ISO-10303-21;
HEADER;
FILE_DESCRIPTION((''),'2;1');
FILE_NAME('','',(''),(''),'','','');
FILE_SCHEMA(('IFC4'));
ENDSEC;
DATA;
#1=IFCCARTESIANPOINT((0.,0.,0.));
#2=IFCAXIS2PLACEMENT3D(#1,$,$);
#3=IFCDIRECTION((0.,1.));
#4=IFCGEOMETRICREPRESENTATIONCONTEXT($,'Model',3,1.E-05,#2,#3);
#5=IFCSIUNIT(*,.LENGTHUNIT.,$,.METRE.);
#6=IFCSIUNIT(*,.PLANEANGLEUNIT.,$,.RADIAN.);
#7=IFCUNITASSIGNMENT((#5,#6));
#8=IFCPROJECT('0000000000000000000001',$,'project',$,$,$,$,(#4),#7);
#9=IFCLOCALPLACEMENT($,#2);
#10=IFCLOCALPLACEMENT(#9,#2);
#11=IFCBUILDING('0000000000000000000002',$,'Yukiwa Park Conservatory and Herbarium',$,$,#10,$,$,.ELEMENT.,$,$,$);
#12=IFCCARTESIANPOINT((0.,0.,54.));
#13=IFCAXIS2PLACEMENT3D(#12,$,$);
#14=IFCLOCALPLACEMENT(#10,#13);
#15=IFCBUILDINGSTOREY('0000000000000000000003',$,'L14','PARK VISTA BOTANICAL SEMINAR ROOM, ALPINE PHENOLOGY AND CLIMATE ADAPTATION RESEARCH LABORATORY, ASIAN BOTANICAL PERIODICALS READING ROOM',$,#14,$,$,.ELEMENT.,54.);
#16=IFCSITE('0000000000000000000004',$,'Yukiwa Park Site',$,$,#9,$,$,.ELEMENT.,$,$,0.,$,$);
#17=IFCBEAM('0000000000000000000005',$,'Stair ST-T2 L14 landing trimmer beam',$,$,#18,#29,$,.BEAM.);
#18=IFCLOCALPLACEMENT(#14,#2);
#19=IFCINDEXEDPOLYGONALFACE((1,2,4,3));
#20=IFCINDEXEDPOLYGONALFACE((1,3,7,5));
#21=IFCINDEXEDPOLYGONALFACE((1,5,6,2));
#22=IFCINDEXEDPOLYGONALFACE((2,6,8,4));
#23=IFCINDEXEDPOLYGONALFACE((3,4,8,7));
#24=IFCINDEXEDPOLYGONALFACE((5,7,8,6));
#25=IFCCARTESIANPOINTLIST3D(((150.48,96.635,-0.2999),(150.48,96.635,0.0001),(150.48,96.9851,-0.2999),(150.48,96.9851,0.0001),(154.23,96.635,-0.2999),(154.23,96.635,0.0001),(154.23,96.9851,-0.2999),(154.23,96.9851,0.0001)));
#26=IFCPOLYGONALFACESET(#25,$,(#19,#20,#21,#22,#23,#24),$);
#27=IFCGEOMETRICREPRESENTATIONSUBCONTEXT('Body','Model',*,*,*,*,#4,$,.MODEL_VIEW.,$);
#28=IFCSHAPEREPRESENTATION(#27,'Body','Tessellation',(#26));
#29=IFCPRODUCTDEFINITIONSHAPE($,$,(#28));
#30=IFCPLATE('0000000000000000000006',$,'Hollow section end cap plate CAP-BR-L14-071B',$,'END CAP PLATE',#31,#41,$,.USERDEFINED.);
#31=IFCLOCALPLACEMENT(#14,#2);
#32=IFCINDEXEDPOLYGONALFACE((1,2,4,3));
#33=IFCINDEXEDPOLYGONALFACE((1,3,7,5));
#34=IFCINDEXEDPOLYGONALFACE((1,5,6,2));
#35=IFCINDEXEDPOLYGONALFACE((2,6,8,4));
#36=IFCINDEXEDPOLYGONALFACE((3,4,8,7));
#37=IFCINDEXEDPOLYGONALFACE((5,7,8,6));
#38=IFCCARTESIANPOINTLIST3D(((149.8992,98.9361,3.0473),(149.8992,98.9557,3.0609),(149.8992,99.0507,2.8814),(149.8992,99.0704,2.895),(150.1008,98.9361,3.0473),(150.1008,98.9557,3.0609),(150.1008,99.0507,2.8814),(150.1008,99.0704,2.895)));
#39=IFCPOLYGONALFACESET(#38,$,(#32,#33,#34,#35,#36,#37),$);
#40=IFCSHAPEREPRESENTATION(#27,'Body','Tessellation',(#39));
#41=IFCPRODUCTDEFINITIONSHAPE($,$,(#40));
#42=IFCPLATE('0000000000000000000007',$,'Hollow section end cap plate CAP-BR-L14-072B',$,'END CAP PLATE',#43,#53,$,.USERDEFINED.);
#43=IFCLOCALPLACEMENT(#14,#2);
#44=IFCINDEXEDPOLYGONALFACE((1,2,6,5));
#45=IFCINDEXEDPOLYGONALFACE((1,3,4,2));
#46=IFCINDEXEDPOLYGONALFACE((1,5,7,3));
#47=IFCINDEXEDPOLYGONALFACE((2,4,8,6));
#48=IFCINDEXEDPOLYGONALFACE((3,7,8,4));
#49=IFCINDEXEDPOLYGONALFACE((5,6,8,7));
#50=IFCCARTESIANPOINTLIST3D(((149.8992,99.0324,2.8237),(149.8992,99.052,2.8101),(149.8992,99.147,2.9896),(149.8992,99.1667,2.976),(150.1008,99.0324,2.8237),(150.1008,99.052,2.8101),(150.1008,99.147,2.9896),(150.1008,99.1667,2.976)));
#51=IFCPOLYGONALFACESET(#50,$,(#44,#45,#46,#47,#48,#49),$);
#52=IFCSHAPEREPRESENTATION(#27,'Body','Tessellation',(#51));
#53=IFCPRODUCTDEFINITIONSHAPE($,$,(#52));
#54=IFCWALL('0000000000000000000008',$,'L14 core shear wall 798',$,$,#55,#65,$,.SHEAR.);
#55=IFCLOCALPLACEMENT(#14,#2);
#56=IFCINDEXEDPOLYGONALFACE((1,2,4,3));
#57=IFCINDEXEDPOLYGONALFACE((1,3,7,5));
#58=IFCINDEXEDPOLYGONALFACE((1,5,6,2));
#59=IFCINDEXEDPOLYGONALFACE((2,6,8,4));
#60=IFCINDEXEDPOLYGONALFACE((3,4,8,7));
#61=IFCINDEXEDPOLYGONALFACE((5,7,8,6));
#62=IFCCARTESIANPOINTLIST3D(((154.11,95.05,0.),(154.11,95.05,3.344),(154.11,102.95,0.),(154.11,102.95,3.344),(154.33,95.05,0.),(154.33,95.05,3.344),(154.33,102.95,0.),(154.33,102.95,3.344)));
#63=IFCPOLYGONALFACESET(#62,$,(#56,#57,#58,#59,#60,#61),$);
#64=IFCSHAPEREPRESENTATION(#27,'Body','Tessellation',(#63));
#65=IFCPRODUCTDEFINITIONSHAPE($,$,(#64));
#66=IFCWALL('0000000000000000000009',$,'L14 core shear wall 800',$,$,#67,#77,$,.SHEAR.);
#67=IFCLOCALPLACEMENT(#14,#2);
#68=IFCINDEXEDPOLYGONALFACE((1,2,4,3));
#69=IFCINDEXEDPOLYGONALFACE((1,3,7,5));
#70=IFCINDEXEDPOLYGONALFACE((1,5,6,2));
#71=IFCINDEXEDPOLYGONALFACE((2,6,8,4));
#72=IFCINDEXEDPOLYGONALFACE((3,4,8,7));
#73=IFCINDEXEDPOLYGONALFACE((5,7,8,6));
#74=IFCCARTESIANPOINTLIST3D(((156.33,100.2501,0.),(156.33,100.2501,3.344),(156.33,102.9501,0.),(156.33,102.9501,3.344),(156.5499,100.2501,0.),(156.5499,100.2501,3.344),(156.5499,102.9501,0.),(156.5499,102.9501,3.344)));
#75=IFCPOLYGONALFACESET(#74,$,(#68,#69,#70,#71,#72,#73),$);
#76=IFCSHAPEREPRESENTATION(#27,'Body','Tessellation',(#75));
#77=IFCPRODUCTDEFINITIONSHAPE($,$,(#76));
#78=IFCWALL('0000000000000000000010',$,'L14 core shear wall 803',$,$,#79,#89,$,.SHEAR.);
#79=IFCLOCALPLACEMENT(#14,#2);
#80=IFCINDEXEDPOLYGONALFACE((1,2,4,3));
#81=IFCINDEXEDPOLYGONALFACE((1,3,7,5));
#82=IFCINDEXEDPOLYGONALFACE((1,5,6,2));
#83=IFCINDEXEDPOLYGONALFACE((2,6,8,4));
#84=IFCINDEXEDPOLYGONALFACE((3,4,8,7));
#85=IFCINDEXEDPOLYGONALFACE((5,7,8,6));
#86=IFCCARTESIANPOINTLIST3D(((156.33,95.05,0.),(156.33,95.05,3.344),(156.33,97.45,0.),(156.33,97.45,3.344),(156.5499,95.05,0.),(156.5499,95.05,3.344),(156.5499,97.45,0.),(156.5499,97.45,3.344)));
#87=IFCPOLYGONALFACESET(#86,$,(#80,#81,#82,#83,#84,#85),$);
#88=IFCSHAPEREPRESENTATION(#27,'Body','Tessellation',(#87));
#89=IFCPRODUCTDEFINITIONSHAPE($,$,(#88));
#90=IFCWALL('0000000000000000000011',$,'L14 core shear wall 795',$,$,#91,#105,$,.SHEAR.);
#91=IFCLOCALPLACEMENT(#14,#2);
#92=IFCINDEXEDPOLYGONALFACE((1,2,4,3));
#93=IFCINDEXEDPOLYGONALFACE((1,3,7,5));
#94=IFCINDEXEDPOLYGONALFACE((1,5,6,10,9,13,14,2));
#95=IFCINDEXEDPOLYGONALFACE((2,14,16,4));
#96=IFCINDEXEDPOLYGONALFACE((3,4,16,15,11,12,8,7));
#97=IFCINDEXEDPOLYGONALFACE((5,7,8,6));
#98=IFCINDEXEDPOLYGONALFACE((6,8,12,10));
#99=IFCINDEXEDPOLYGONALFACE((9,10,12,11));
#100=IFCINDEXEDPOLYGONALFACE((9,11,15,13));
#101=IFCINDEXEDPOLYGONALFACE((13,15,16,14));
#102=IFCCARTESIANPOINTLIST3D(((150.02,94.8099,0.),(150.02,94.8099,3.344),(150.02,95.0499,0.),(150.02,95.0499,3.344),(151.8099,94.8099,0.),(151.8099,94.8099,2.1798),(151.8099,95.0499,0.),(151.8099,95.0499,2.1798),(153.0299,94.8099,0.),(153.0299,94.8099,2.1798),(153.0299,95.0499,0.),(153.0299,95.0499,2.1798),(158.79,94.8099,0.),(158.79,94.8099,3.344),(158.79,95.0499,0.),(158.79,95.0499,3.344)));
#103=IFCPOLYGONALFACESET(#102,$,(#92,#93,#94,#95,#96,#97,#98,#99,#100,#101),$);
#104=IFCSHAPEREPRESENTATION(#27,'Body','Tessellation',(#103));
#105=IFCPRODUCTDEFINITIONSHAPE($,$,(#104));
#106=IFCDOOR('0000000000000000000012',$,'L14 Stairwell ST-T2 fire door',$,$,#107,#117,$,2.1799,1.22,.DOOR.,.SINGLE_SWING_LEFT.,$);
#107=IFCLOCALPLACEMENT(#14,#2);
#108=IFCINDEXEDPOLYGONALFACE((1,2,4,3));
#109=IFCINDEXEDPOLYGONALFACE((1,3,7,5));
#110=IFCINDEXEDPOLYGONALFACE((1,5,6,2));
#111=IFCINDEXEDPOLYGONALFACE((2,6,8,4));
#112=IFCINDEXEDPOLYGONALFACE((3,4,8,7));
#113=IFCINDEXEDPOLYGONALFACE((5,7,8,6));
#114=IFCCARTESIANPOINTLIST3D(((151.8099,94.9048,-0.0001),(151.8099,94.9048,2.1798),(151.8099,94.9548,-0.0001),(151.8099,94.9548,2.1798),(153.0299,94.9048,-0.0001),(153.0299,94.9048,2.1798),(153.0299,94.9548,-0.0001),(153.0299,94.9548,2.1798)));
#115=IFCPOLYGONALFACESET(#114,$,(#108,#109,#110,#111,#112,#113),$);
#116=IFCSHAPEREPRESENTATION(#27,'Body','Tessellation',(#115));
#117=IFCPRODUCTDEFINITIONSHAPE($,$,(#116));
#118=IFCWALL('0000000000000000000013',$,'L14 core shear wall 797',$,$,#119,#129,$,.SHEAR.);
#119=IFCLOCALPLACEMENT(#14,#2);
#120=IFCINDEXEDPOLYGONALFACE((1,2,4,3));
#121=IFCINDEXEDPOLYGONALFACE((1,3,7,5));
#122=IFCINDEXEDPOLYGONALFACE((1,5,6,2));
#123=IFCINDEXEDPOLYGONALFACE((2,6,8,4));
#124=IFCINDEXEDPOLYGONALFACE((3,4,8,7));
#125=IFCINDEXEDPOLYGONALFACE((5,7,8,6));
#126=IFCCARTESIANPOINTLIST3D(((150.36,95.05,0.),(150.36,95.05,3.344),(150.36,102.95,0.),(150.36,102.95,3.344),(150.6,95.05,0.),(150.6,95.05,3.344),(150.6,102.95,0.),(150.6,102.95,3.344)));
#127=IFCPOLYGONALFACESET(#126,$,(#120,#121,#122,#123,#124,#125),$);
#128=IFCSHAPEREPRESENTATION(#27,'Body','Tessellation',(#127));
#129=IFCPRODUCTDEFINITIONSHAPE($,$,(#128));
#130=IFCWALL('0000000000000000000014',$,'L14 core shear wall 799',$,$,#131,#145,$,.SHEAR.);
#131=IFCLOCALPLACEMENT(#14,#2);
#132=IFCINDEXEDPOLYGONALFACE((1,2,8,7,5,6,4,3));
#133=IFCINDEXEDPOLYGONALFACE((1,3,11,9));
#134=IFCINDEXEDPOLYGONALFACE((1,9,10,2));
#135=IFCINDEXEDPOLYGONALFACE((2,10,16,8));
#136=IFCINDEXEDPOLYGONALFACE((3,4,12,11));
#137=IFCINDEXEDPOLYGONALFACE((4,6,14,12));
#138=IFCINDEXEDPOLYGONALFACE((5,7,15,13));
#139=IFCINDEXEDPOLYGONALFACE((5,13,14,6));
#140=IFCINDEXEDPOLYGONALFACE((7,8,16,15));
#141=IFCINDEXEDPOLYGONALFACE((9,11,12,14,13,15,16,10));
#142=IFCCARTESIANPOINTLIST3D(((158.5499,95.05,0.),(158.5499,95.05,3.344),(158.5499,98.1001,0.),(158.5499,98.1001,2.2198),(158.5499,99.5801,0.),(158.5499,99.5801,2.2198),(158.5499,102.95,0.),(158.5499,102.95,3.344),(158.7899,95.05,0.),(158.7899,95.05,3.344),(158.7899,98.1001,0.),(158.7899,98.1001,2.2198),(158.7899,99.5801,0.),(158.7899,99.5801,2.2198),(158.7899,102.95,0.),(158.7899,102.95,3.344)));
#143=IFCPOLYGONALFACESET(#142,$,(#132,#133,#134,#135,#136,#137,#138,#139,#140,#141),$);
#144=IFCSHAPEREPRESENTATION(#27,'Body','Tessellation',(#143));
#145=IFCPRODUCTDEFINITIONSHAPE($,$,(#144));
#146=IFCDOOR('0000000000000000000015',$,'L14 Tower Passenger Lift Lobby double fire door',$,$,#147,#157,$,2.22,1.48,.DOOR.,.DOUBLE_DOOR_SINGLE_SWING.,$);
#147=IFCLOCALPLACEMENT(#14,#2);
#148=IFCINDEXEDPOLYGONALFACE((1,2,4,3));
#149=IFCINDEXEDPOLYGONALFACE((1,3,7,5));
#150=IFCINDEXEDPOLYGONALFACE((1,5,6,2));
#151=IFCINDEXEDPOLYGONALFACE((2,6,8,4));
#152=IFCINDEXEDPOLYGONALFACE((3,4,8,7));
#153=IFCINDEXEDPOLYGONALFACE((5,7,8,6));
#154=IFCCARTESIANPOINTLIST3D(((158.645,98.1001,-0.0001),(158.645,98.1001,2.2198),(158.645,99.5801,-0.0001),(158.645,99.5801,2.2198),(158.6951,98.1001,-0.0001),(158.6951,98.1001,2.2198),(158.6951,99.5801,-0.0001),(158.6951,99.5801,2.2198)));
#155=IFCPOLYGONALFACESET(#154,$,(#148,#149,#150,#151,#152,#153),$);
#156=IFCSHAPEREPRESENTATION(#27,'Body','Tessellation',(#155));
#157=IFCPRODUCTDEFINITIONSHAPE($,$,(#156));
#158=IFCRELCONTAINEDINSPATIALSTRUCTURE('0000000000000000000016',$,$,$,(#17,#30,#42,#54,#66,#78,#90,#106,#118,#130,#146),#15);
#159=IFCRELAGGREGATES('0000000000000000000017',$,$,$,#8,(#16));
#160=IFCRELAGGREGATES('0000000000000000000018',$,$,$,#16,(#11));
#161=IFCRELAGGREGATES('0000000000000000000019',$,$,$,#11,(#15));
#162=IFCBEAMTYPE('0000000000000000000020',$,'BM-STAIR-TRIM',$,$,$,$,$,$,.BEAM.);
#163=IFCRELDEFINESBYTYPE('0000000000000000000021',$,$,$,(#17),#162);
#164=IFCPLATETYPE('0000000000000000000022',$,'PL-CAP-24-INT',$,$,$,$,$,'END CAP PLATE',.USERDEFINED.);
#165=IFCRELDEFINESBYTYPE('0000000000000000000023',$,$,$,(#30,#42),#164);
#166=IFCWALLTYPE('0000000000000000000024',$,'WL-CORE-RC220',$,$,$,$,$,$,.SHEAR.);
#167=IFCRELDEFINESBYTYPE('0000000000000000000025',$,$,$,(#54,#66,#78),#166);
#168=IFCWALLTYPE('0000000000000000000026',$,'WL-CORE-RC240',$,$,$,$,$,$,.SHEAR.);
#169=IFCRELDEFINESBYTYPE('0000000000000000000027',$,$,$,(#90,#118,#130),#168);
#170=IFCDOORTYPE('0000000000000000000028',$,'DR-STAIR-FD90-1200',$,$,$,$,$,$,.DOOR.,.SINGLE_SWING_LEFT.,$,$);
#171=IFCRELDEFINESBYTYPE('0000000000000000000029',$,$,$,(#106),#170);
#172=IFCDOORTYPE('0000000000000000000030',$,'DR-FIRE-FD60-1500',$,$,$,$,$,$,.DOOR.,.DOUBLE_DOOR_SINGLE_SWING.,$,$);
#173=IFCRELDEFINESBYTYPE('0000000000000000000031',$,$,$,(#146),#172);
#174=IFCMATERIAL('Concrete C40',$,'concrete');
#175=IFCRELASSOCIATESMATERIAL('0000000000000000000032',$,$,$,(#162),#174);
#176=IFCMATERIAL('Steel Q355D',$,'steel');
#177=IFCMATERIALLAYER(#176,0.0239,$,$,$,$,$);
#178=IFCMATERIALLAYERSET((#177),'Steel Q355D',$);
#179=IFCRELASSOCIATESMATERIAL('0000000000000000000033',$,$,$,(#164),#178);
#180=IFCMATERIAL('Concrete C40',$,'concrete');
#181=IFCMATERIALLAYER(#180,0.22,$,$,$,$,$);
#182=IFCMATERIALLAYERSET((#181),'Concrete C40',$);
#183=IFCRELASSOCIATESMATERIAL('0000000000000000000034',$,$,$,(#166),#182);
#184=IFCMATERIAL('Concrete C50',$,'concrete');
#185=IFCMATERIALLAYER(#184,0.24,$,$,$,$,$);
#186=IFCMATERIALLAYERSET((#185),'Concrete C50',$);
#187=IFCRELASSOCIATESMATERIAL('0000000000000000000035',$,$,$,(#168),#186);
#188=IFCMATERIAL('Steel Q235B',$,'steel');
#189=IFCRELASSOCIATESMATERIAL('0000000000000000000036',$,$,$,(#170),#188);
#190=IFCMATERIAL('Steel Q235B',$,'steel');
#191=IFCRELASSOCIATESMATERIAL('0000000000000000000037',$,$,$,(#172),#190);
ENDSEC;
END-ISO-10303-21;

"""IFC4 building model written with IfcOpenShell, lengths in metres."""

from ifc_helpers import new_model, si_unit, direction, frame, frame_2d, origin, origin_2d, place, context, subcontext, project, spatial, rectangle, extrude, material, layer, layer_set, material_profile, profile_set, type_object, element, fill, save


model = new_model("IFC4")

# Units and contexts
model_context = context("Model", 3, precision=1e-05, world=origin(), true_north=direction((0.0, 1.0)))
body_context = subcontext(model_context, "Body", "Model", "MODEL_VIEW")
ifc_project = project(units=[si_unit("LENGTHUNIT", "METRE"), si_unit("PLANEANGLEUNIT", "RADIAN")], contexts=[model_context])

# Site, building, storey
site_placement = place(None, origin())
site = spatial("IfcSite", under=ifc_project, at=site_placement, Name="Yukiwa Park Site", CompositionType="ELEMENT", RefElevation=0.0)
building_placement = place(site_placement, origin())
building = spatial("IfcBuilding", under=site, at=building_placement, Name="Yukiwa Park Conservatory and Herbarium", CompositionType="ELEMENT")
storey_placement = place(building_placement, frame((0.0, 0.0, 54.0)))
storey = spatial("IfcBuildingStorey", under=building, at=storey_placement, Name="L14", Description="PARK VISTA BOTANICAL SEMINAR ROOM, ALPINE PHENOLOGY AND CLIMATE ADAPTATION RESEARCH LABORATORY, ASIAN BOTANICAL PERIODICALS READING ROOM", CompositionType="ELEMENT", Elevation=54.0)

# Beam
ifc_material_1 = material(Name="Concrete C40", Category="concrete")
ifc_material_profile = material_profile(ifc_material_1, rectangle(XDim=0.3501, YDim=0.3, at=origin_2d()), Name="RC 350x300")
ifc_profile_set = profile_set([ifc_material_profile], Name="Concrete C40")
beam_type = type_object("IfcBeamType", Name="BM-STAIR-TRIM", PredefinedType="BEAM", material=ifc_profile_set)
beam_placement = place(storey_placement, frame((150.48, 96.8101, -0.1499), z_axis=(1.0, 0.0, 0.0), x_axis=(0.0, 1.0, 0.0)))
element("IfcBeam", 1, at=beam_placement, inside=storey, type_object=beam_type, Name="Stair ST-T2 L14 landing trimmer beam", PredefinedType="BEAM", context=body_context, shape_type="SweptSolid", body=[
    extrude(rectangle(XDim=0.3501, YDim=0.3, at=origin_2d()), origin(), (0.0, 0.0, 1.0), 3.75),
])

# Plates
ifc_material_2 = material(Name="Steel Q355D", Category="steel")
ifc_layer_1 = layer(ifc_material_2, 0.0239)
ifc_layer_set_1 = layer_set([ifc_layer_1], Name="Steel Q355D")
plate_type = type_object("IfcPlateType", Name="PL-CAP-24-INT", ElementType="END CAP PLATE", PredefinedType="USERDEFINED", material=ifc_layer_set_1)
for number, where, z_axis, x_axis, name in (
    (2, (150.0, 98.9934, 2.9644), (0.0, 0.822558, 0.568682), (-1.0, 0.0, 0.0), "Hollow section end cap plate CAP-BR-L14-071B"),
    (3, (150.0, 99.1094, 2.8931), (0.0, -0.822558, 0.568682), (1.0, 0.0, 0.0), "Hollow section end cap plate CAP-BR-L14-072B"),
):
    element("IfcPlate", number, at=place(storey_placement, frame(where, z_axis=z_axis, x_axis=x_axis)), inside=storey, type_object=plate_type, Name=name, ObjectType="END CAP PLATE", PredefinedType="USERDEFINED", context=body_context, shape_type="SweptSolid", body=[
        extrude(rectangle(XDim=0.2017, YDim=0.2017, at=origin_2d()), origin(), (0.0, 0.0, 1.0), 0.0239),
    ])

# Walls
ifc_material_3 = material(Name="Concrete C40", Category="concrete")
ifc_layer_2 = layer(ifc_material_3, 0.22)
ifc_layer_set_2 = layer_set([ifc_layer_2], Name="Concrete C40")
wall_type_1 = type_object("IfcWallType", Name="WL-CORE-RC220", PredefinedType="SHEAR", material=ifc_layer_set_2)
wall_1_placement = place(storey_placement, frame((154.22, 95.05, 0.0), z_axis=(0.0, 0.0, 1.0), x_axis=(0.0, 1.0, 0.0)))
element("IfcWall", 4, at=wall_1_placement, inside=storey, type_object=wall_type_1, Name="L14 core shear wall 798", PredefinedType="SHEAR", context=body_context, shape_type="SweptSolid", body=[
    extrude(rectangle(XDim=7.8999, YDim=0.22, at=frame_2d((3.95, 0.0))), origin(), (0.0, 0.0, 1.0), 3.344),
])
wall_2_placement = place(storey_placement, frame((156.4399, 100.25, 0.0), z_axis=(0.0, 0.0, 1.0), x_axis=(0.0, 1.0, 0.0)))
element("IfcWall", 5, at=wall_2_placement, inside=storey, type_object=wall_type_1, Name="L14 core shear wall 800", PredefinedType="SHEAR", context=body_context, shape_type="SweptSolid", body=[
    extrude(rectangle(XDim=2.7, YDim=0.22, at=frame_2d((1.3501, 0.0))), origin(), (0.0, 0.0, 1.0), 3.344),
])

# Wall
wall_3_placement = place(storey_placement, frame((156.4399, 95.05, 0.0), z_axis=(0.0, 0.0, 1.0), x_axis=(0.0, 1.0, 0.0)))
element("IfcWall", 6, at=wall_3_placement, inside=storey, type_object=wall_type_1, Name="L14 core shear wall 803", PredefinedType="SHEAR", context=body_context, shape_type="SweptSolid", body=[
    extrude(rectangle(XDim=2.3999, YDim=0.22, at=frame_2d((1.2, 0.0))), origin(), (0.0, 0.0, 1.0), 3.344),
])

# Wall, opening, door
ifc_material_4 = material(Name="Concrete C50", Category="concrete")
ifc_layer_3 = layer(ifc_material_4, 0.24)
ifc_layer_set_3 = layer_set([ifc_layer_3], Name="Concrete C50")
wall_type_2 = type_object("IfcWallType", Name="WL-CORE-RC240", PredefinedType="SHEAR", material=ifc_layer_set_3)
wall_4_placement = place(storey_placement, frame((150.02, 94.9299, 0.0), z_axis=(0.0, 0.0, 1.0), x_axis=(1.0, 0.0, 0.0)))
wall_4 = element("IfcWall", 7, at=wall_4_placement, inside=storey, type_object=wall_type_2, Name="L14 core shear wall 795", PredefinedType="SHEAR", context=body_context, shape_type="SweptSolid", body=[
    extrude(rectangle(XDim=8.77, YDim=0.24, at=frame_2d((4.385, 0.0))), origin(), (0.0, 0.0, 1.0), 3.344),
])
opening_1_placement = place(wall_4_placement, frame((1.79, 0.0, 0.0)))
opening_1 = element("IfcOpeningElement", 8, at=opening_1_placement, cuts=wall_4, PredefinedType="OPENING", context=body_context, shape_type="SweptSolid", body=[
    extrude(rectangle(XDim=1.22, YDim=2.1799, at=frame_2d((0.6099, 1.0898))), frame((0.0, 0.1299, 0.0), z_axis=(0.0, -1.0, 0.0), x_axis=(1.0, 0.0, 0.0)), (0.0, 0.0, 1.0), 0.26),
])
ifc_material_5 = material(Name="Steel Q235B", Category="steel")
door_type_1 = type_object("IfcDoorType", Name="DR-STAIR-FD90-1200", OperationType="SINGLE_SWING_LEFT", PredefinedType="DOOR", material=ifc_material_5)
door_1_placement = place(opening_1_placement, origin())
door_1 = element("IfcDoor", 9, at=door_1_placement, inside=storey, type_object=door_type_1, Name="L14 Stairwell ST-T2 fire door", OperationType="SINGLE_SWING_LEFT", OverallHeight=2.1799, OverallWidth=1.22, PredefinedType="DOOR", context=body_context, shape_type="SweptSolid", body=[
    extrude(rectangle(XDim=1.22, YDim=2.1799, at=frame_2d((0.6099, 1.0898))), frame((0.0, 0.0249, 0.0), z_axis=(0.0, -1.0, 0.0), x_axis=(1.0, 0.0, 0.0)), (0.0, 0.0, 1.0), 0.05),
])
fill(opening_1, door_1)

# Wall
wall_5_placement = place(storey_placement, frame((150.48, 95.05, 0.0), z_axis=(0.0, 0.0, 1.0), x_axis=(0.0, 1.0, 0.0)))
element("IfcWall", 10, at=wall_5_placement, inside=storey, type_object=wall_type_2, Name="L14 core shear wall 797", PredefinedType="SHEAR", context=body_context, shape_type="SweptSolid", body=[
    extrude(rectangle(XDim=7.8999, YDim=0.24, at=frame_2d((3.95, 0.0))), origin(), (0.0, 0.0, 1.0), 3.344),
])

# Wall, opening, door
wall_6_placement = place(storey_placement, frame((158.6699, 95.05, 0.0), z_axis=(0.0, 0.0, 1.0), x_axis=(0.0, 1.0, 0.0)))
wall_6 = element("IfcWall", 11, at=wall_6_placement, inside=storey, type_object=wall_type_2, Name="L14 core shear wall 799", PredefinedType="SHEAR", context=body_context, shape_type="SweptSolid", body=[
    extrude(rectangle(XDim=7.8999, YDim=0.24, at=frame_2d((3.95, 0.0))), origin(), (0.0, 0.0, 1.0), 3.344),
])
opening_2_placement = place(wall_6_placement, frame((3.05, 0.0, 0.0)))
opening_2 = element("IfcOpeningElement", 12, at=opening_2_placement, cuts=wall_6, PredefinedType="OPENING", context=body_context, shape_type="SweptSolid", body=[
    extrude(rectangle(XDim=1.48, YDim=2.22, at=frame_2d((0.74, 1.1099))), frame((0.0, 0.1299, 0.0), z_axis=(0.0, -1.0, 0.0), x_axis=(1.0, 0.0, 0.0)), (0.0, 0.0, 1.0), 0.26),
])
ifc_material_6 = material(Name="Steel Q235B", Category="steel")
door_type_2 = type_object("IfcDoorType", Name="DR-FIRE-FD60-1500", OperationType="DOUBLE_DOOR_SINGLE_SWING", PredefinedType="DOOR", material=ifc_material_6)
door_2_placement = place(opening_2_placement, origin())
door_2 = element("IfcDoor", 13, at=door_2_placement, inside=storey, type_object=door_type_2, Name="L14 Tower Passenger Lift Lobby double fire door", OperationType="DOUBLE_DOOR_SINGLE_SWING", OverallHeight=2.22, OverallWidth=1.48, PredefinedType="DOOR", context=body_context, shape_type="SweptSolid", body=[
    extrude(rectangle(XDim=1.48, YDim=2.22, at=frame_2d((0.74, 1.1099))), frame((0.0, 0.0249, 0.0), z_axis=(0.0, -1.0, 0.0), x_axis=(1.0, 0.0, 0.0)), (0.0, 0.0, 1.0), 0.05),
])
fill(opening_2, door_2)

save(model, "model.ifc")
